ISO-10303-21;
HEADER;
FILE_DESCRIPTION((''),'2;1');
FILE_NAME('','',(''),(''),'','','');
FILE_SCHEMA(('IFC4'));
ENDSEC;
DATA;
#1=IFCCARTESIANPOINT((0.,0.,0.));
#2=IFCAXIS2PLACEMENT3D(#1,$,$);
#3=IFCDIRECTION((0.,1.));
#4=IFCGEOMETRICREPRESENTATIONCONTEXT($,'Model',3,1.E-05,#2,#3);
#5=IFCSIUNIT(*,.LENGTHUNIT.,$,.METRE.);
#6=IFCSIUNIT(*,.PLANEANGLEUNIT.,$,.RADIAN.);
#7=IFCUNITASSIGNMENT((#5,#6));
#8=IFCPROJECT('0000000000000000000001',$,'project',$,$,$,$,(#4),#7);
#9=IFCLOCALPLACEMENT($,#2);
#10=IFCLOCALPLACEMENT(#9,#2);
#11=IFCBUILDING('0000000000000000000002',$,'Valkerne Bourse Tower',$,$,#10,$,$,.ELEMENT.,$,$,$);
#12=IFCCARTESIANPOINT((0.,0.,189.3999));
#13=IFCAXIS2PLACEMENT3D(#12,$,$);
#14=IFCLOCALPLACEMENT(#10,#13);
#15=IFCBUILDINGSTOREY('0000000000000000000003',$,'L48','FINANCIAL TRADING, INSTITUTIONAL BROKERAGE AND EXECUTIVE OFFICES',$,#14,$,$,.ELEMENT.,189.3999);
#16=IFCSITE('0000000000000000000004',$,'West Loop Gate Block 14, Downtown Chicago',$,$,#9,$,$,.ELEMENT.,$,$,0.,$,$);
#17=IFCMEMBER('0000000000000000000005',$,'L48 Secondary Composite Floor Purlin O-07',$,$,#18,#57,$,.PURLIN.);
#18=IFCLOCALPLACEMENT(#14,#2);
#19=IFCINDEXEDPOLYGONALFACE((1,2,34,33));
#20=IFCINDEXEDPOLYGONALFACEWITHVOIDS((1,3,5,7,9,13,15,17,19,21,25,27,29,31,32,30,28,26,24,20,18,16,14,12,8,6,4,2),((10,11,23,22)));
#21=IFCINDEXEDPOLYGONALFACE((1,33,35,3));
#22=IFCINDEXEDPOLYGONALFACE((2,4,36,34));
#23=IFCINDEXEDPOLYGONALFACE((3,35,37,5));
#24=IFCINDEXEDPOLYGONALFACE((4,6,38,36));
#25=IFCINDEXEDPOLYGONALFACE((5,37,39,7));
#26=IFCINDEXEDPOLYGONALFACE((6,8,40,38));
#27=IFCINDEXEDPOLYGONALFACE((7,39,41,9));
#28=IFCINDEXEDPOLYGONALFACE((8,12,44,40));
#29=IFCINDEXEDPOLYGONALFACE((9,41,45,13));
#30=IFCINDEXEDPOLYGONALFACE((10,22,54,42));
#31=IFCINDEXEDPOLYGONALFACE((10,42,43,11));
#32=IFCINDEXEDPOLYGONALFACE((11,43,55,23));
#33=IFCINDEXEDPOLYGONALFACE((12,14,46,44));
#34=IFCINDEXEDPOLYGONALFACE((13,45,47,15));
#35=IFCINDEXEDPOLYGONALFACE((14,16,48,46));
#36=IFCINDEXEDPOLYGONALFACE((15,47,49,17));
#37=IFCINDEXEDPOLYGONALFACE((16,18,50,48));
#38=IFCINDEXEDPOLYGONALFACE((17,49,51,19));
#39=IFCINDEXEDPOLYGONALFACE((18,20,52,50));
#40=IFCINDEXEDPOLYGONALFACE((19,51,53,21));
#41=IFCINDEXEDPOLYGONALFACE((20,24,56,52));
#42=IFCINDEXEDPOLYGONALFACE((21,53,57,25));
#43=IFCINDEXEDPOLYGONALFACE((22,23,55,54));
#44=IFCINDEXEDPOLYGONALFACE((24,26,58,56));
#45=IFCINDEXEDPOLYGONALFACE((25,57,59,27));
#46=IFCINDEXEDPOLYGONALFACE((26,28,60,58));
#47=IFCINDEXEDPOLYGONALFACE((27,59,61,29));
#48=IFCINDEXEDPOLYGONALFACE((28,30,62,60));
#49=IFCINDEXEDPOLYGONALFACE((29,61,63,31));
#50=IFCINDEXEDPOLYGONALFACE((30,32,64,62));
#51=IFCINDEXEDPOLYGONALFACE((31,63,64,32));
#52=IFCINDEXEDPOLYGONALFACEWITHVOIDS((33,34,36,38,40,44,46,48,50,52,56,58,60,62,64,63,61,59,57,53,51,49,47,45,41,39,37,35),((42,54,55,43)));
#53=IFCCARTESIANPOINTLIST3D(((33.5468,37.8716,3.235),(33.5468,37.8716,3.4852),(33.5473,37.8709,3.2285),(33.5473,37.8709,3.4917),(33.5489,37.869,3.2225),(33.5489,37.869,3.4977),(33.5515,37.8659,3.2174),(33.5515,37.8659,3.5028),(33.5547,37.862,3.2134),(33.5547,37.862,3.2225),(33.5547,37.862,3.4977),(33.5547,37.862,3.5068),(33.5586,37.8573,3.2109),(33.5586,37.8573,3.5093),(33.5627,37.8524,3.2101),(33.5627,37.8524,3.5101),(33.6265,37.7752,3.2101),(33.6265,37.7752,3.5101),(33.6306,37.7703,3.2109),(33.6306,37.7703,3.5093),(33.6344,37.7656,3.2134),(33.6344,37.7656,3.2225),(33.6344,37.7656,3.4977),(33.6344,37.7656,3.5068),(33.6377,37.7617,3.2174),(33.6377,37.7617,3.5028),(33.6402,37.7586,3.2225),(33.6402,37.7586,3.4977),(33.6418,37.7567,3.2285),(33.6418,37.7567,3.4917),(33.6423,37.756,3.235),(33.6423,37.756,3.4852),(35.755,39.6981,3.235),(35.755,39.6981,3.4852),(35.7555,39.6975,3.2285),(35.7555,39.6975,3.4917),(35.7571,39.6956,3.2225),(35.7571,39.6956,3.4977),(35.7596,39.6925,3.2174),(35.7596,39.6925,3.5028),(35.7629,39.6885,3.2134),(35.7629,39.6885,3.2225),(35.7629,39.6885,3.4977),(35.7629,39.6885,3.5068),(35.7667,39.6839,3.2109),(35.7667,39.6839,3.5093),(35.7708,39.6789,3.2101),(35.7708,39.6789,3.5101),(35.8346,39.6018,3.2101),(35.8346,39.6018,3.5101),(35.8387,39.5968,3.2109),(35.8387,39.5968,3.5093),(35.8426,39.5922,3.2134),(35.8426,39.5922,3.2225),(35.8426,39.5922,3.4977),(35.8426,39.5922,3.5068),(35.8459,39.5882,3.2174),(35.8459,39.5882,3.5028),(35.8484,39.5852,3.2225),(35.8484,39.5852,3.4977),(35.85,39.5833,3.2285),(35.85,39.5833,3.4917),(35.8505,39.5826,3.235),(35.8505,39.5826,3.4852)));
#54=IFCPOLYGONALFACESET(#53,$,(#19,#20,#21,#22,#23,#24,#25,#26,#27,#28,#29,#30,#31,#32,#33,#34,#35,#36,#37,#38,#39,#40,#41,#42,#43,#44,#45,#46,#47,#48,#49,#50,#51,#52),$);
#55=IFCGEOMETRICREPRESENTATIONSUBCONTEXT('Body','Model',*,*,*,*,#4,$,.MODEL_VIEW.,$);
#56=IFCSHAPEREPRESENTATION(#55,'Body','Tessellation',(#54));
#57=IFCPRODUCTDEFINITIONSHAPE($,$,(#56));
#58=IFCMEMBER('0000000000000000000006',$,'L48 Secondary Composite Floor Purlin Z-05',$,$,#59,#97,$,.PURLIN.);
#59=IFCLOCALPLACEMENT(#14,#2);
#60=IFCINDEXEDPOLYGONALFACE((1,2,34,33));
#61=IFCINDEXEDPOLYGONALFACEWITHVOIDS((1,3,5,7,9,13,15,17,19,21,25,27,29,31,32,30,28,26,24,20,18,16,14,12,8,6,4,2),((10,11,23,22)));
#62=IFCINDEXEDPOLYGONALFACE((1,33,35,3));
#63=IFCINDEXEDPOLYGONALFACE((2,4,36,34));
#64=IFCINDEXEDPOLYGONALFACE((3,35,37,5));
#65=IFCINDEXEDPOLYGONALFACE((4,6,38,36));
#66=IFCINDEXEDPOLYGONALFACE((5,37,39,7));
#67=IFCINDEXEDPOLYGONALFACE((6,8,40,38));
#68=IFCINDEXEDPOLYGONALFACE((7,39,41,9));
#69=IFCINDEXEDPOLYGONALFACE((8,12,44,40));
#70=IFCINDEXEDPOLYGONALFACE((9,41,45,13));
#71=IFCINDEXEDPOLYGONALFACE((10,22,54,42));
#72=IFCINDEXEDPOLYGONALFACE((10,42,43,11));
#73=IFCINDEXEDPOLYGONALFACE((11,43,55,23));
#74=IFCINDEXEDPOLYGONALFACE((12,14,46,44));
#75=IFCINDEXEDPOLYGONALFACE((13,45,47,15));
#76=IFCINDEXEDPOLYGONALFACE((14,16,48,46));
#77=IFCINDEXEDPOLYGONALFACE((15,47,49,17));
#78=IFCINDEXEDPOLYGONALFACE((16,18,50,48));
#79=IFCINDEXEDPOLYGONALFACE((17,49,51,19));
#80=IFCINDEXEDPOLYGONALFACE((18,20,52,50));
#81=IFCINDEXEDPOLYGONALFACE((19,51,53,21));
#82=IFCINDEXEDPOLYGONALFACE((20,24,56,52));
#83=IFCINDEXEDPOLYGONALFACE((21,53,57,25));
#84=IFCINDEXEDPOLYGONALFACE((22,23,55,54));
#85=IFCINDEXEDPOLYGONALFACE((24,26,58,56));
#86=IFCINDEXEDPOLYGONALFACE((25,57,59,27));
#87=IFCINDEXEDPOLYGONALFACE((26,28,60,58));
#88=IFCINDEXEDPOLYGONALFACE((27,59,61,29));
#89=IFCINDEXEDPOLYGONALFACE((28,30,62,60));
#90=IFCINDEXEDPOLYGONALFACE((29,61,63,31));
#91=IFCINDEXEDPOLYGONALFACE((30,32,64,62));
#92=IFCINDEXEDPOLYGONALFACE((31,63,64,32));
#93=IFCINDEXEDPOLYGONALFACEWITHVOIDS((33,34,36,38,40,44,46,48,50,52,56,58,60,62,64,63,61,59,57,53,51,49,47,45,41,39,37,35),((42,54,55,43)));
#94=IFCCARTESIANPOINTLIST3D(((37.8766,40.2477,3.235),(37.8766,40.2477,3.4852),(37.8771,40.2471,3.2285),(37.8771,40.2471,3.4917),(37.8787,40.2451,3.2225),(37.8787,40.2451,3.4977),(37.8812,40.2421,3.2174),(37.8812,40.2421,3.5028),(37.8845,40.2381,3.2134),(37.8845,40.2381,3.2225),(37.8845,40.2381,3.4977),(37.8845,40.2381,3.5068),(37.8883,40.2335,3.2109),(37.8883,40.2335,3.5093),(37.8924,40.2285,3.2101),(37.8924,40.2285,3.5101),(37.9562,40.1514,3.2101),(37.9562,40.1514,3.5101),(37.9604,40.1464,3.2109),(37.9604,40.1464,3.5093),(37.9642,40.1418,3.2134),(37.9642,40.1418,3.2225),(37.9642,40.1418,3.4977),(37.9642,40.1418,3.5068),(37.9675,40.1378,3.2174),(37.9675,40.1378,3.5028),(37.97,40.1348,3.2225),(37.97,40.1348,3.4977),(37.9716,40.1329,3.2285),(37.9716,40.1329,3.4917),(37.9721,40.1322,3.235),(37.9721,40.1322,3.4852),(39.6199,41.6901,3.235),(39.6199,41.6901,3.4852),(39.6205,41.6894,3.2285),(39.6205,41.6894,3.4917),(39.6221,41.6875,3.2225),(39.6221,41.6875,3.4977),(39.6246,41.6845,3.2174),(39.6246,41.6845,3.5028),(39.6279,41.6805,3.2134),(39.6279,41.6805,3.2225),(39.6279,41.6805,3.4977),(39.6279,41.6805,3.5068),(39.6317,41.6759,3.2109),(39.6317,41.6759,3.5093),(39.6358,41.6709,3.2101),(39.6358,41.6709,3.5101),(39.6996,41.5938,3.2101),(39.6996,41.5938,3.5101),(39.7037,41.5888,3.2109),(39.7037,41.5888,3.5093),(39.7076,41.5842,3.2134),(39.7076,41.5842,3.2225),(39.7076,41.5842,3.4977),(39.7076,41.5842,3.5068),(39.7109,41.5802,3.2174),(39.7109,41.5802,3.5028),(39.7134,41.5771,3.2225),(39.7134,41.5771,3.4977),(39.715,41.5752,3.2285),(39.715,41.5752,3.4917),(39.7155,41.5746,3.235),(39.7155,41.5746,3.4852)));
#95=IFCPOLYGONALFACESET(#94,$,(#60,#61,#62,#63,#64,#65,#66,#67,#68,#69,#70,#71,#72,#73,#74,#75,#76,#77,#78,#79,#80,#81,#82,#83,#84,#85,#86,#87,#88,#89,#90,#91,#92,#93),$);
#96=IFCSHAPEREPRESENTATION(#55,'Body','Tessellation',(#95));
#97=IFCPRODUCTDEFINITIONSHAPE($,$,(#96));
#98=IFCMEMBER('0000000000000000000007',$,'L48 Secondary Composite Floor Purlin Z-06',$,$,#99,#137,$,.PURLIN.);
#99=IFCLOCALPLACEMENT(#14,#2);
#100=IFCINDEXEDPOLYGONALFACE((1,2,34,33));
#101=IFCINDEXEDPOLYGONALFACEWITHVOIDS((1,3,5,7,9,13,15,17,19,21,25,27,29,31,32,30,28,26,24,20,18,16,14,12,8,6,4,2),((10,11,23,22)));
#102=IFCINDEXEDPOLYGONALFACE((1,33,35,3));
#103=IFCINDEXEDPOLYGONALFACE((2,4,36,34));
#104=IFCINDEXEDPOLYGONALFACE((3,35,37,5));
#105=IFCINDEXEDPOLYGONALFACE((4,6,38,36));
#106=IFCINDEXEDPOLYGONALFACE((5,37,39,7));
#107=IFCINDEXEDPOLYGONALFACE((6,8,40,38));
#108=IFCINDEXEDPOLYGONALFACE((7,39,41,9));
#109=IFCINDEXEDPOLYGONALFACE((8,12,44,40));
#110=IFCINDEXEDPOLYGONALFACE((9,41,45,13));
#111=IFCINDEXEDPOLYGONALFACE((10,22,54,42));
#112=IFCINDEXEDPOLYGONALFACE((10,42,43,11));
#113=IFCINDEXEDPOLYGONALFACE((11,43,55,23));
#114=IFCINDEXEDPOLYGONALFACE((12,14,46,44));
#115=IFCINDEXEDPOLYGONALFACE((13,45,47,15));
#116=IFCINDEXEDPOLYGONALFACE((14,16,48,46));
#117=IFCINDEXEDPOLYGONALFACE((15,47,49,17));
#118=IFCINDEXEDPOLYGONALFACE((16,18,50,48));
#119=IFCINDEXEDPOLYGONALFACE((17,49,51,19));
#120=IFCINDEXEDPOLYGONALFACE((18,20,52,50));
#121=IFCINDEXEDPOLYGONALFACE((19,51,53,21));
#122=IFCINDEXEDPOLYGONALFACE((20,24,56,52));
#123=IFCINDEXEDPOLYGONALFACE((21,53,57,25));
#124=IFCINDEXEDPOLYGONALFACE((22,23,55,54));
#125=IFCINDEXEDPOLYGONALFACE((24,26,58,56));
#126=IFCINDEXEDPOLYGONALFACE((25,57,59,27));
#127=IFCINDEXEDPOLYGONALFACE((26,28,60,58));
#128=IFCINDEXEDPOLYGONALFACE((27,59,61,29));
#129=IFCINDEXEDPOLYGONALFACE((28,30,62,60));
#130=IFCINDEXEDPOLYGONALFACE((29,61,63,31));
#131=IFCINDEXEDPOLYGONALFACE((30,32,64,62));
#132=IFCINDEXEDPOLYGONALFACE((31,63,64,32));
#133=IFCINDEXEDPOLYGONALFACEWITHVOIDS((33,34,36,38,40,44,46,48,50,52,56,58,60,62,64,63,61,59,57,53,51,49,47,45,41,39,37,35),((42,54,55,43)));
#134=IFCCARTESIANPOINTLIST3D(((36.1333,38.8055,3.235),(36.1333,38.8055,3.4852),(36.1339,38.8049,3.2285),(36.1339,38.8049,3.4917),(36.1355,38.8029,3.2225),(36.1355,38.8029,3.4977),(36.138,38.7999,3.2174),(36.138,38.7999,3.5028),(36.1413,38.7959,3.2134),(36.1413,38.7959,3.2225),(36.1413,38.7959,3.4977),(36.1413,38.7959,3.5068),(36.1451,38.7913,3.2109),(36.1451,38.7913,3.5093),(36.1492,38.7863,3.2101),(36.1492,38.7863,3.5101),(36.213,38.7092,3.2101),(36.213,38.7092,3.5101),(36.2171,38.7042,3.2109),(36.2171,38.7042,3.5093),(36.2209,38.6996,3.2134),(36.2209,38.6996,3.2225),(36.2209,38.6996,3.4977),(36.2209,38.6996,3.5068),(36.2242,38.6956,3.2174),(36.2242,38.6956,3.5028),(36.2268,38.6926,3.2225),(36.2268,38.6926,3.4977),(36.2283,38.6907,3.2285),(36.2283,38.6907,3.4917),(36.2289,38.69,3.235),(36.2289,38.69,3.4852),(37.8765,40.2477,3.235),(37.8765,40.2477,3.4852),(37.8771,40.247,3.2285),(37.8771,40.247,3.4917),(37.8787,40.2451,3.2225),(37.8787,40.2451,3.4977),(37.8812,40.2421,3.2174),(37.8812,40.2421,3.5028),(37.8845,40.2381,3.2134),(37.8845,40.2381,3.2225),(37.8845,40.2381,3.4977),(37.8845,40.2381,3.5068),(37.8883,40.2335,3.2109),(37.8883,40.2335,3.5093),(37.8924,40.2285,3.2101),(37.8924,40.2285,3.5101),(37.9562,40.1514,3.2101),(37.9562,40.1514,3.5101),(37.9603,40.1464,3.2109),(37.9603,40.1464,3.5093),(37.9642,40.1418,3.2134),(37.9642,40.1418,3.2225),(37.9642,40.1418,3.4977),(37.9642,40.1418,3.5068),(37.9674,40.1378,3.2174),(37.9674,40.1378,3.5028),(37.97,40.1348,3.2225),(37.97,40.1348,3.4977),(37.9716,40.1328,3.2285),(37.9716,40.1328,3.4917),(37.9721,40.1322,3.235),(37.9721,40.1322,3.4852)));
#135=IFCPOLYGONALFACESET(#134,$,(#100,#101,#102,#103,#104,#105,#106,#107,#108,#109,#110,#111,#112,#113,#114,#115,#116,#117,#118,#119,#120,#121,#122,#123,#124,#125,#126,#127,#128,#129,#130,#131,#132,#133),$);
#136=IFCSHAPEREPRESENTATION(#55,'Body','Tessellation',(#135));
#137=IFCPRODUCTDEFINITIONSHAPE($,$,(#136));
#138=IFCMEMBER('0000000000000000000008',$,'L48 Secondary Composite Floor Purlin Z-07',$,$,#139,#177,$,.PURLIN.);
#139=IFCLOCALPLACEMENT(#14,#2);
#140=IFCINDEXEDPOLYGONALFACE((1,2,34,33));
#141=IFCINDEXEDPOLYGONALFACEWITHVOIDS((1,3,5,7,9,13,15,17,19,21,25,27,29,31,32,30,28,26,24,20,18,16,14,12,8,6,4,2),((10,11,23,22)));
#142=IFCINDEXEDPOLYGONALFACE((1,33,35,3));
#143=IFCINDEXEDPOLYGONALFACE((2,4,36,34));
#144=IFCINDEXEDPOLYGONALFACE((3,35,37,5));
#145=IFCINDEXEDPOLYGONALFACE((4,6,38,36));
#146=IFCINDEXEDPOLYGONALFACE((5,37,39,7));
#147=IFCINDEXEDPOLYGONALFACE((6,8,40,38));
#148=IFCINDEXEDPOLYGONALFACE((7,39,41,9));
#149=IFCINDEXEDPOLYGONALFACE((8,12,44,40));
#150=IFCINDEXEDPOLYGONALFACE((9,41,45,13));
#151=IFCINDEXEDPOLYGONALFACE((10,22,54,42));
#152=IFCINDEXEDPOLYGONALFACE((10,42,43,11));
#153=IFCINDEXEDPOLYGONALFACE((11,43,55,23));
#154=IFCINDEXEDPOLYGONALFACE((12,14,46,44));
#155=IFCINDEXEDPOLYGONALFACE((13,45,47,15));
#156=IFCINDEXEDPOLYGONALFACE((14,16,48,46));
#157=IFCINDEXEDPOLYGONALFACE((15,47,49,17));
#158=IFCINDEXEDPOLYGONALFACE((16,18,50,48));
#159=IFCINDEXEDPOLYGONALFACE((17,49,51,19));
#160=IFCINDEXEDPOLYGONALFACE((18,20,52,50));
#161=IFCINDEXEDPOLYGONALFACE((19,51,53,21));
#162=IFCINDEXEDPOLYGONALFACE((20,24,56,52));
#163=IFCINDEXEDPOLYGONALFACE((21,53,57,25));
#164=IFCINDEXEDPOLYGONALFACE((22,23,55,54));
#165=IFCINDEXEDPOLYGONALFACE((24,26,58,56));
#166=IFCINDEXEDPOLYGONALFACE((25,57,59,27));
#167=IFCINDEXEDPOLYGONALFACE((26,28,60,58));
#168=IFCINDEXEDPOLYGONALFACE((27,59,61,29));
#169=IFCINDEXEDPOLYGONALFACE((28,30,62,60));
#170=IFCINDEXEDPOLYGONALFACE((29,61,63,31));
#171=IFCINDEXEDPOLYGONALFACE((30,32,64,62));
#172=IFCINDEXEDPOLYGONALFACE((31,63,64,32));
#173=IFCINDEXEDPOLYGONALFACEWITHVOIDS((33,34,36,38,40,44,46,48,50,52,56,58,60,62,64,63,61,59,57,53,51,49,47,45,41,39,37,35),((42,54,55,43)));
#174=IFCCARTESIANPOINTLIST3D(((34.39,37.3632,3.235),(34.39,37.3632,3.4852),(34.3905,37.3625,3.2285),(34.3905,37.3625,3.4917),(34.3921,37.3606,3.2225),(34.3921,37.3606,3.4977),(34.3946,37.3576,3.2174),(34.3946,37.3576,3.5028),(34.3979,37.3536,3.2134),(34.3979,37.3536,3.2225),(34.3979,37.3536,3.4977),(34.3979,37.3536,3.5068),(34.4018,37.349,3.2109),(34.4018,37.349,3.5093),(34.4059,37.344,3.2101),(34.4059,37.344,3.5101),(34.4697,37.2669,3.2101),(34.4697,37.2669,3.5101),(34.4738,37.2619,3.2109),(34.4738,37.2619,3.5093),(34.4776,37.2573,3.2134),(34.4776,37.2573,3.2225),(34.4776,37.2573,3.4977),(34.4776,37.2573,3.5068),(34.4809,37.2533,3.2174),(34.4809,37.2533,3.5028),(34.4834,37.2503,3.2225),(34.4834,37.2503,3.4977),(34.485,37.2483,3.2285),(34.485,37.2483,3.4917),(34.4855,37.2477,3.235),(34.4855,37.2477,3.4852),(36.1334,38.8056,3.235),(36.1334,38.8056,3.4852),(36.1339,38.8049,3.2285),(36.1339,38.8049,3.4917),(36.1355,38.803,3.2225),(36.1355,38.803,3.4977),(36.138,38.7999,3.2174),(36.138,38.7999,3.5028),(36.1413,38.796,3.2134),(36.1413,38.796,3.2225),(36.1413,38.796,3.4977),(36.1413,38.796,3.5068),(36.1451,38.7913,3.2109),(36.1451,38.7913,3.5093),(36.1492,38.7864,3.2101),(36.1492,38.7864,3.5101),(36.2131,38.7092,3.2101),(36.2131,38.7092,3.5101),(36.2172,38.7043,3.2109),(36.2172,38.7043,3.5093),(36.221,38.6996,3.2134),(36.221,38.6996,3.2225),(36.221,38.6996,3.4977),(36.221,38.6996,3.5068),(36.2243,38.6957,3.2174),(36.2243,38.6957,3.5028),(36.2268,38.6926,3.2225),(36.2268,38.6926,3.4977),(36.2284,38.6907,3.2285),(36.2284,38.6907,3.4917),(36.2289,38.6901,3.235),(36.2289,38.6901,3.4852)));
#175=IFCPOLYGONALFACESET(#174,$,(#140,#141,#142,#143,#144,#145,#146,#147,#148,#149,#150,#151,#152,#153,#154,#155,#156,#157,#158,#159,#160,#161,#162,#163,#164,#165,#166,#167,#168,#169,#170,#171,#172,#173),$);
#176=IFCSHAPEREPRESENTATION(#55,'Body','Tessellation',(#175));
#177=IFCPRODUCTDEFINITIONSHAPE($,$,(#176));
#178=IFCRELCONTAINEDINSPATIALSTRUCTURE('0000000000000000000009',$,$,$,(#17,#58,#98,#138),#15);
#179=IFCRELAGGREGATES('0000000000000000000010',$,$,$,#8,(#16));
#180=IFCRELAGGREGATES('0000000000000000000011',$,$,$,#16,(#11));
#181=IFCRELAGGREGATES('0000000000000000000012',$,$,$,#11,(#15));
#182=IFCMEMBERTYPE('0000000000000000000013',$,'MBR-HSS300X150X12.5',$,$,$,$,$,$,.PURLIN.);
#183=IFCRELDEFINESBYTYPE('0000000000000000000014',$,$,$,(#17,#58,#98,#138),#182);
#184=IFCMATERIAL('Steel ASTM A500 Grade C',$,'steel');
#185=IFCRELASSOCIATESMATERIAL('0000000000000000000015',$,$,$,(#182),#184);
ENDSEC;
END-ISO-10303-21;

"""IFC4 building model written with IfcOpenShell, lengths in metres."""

from ifc_helpers import new_model, si_unit, direction, frame, origin, origin_2d, place, context, subcontext, project, spatial, hollow_rectangle, extrude, material, material_profile, profile_set, type_object, element, save


model = new_model("IFC4")

# Units and contexts
model_context = context("Model", 3, precision=1e-05, world=origin(), true_north=direction((0.0, 1.0)))
body_context = subcontext(model_context, "Body", "Model", "MODEL_VIEW")
ifc_project = project(units=[si_unit("LENGTHUNIT", "METRE"), si_unit("PLANEANGLEUNIT", "RADIAN")], contexts=[model_context])

# Site, building, storey
site_placement = place(None, origin())
site = spatial("IfcSite", under=ifc_project, at=site_placement, Name="West Loop Gate Block 14, Downtown Chicago", CompositionType="ELEMENT", RefElevation=0.0)
building_placement = place(site_placement, origin())
building = spatial("IfcBuilding", under=site, at=building_placement, Name="Valkerne Bourse Tower", CompositionType="ELEMENT")
storey_placement = place(building_placement, frame((0.0, 0.0, 189.3999)))
storey = spatial("IfcBuildingStorey", under=building, at=storey_placement, Name="L48", Description="FINANCIAL TRADING, INSTITUTIONAL BROKERAGE AND EXECUTIVE OFFICES", CompositionType="ELEMENT", Elevation=189.3999)

# Members
ifc_material_1 = material(Name="Steel ASTM A500 Grade C", Category="steel")
ifc_material_profile_1 = material_profile(ifc_material_1, hollow_rectangle(XDim=0.1499, YDim=0.3, WallThickness=0.0125, OuterFilletRadius=0.0249, at=origin_2d()), Name="HSS300X150X12.5")
ifc_profile_set_1 = profile_set([ifc_material_profile_1], Name="Steel ASTM A500 Grade C")
member_type_1 = type_object("IfcMemberType", Name="MBR-HSS300X150X12.5", PredefinedType="PURLIN", material=ifc_profile_set_1)
member_1_placement = place(storey_placement, frame((35.8027, 39.6404, 3.3601), z_axis=(-0.770541, -0.63739, 0.0), x_axis=(0.63739, -0.770541, 0.0)))
element("IfcMember", 1, at=member_1_placement, inside=storey, type_object=member_type_1, Name="L48 Secondary Composite Floor Purlin O-07", PredefinedType="PURLIN", context=body_context, shape_type="SweptSolid", body=[
    extrude(hollow_rectangle(XDim=0.1499, YDim=0.3, WallThickness=0.0125, OuterFilletRadius=0.0249, at=origin_2d()), origin(), (0.0, 0.0, 1.0), 2.8657),
])
member_2_placement = place(storey_placement, frame((39.6677, 41.6323, 3.3601), z_axis=(-0.770489, -0.637453, 0.0), x_axis=(0.637453, -0.770489, 0.0)))
element("IfcMember", 2, at=member_2_placement, inside=storey, type_object=member_type_1, Name="L48 Secondary Composite Floor Purlin Z-05", PredefinedType="PURLIN", context=body_context, shape_type="SweptSolid", body=[
    extrude(hollow_rectangle(XDim=0.1499, YDim=0.3, WallThickness=0.0125, OuterFilletRadius=0.0249, at=origin_2d()), origin(), (0.0, 0.0, 1.0), 2.2627),
])
member_3_placement = place(storey_placement, frame((37.9243, 40.1899, 3.3601), z_axis=(-0.770498, -0.637442, 0.0), x_axis=(0.637442, -0.770498, 0.0)))
element("IfcMember", 3, at=member_3_placement, inside=storey, type_object=member_type_1, Name="L48 Secondary Composite Floor Purlin Z-06", PredefinedType="PURLIN", context=body_context, shape_type="SweptSolid", body=[
    extrude(hollow_rectangle(XDim=0.1499, YDim=0.3, WallThickness=0.0125, OuterFilletRadius=0.0249, at=origin_2d()), origin(), (0.0, 0.0, 1.0), 2.2625),
])
member_4_placement = place(storey_placement, frame((36.1812, 38.7478, 3.3601), z_axis=(-0.770489, -0.637453, 0.0), x_axis=(0.637453, -0.770489, 0.0)))
element("IfcMember", 4, at=member_4_placement, inside=storey, type_object=member_type_1, Name="L48 Secondary Composite Floor Purlin Z-07", PredefinedType="PURLIN", context=body_context, shape_type="SweptSolid", body=[
    extrude(hollow_rectangle(XDim=0.1499, YDim=0.3, WallThickness=0.0125, OuterFilletRadius=0.0249, at=origin_2d()), origin(), (0.0, 0.0, 1.0), 2.2627),
])

save(model, "model.ifc")
